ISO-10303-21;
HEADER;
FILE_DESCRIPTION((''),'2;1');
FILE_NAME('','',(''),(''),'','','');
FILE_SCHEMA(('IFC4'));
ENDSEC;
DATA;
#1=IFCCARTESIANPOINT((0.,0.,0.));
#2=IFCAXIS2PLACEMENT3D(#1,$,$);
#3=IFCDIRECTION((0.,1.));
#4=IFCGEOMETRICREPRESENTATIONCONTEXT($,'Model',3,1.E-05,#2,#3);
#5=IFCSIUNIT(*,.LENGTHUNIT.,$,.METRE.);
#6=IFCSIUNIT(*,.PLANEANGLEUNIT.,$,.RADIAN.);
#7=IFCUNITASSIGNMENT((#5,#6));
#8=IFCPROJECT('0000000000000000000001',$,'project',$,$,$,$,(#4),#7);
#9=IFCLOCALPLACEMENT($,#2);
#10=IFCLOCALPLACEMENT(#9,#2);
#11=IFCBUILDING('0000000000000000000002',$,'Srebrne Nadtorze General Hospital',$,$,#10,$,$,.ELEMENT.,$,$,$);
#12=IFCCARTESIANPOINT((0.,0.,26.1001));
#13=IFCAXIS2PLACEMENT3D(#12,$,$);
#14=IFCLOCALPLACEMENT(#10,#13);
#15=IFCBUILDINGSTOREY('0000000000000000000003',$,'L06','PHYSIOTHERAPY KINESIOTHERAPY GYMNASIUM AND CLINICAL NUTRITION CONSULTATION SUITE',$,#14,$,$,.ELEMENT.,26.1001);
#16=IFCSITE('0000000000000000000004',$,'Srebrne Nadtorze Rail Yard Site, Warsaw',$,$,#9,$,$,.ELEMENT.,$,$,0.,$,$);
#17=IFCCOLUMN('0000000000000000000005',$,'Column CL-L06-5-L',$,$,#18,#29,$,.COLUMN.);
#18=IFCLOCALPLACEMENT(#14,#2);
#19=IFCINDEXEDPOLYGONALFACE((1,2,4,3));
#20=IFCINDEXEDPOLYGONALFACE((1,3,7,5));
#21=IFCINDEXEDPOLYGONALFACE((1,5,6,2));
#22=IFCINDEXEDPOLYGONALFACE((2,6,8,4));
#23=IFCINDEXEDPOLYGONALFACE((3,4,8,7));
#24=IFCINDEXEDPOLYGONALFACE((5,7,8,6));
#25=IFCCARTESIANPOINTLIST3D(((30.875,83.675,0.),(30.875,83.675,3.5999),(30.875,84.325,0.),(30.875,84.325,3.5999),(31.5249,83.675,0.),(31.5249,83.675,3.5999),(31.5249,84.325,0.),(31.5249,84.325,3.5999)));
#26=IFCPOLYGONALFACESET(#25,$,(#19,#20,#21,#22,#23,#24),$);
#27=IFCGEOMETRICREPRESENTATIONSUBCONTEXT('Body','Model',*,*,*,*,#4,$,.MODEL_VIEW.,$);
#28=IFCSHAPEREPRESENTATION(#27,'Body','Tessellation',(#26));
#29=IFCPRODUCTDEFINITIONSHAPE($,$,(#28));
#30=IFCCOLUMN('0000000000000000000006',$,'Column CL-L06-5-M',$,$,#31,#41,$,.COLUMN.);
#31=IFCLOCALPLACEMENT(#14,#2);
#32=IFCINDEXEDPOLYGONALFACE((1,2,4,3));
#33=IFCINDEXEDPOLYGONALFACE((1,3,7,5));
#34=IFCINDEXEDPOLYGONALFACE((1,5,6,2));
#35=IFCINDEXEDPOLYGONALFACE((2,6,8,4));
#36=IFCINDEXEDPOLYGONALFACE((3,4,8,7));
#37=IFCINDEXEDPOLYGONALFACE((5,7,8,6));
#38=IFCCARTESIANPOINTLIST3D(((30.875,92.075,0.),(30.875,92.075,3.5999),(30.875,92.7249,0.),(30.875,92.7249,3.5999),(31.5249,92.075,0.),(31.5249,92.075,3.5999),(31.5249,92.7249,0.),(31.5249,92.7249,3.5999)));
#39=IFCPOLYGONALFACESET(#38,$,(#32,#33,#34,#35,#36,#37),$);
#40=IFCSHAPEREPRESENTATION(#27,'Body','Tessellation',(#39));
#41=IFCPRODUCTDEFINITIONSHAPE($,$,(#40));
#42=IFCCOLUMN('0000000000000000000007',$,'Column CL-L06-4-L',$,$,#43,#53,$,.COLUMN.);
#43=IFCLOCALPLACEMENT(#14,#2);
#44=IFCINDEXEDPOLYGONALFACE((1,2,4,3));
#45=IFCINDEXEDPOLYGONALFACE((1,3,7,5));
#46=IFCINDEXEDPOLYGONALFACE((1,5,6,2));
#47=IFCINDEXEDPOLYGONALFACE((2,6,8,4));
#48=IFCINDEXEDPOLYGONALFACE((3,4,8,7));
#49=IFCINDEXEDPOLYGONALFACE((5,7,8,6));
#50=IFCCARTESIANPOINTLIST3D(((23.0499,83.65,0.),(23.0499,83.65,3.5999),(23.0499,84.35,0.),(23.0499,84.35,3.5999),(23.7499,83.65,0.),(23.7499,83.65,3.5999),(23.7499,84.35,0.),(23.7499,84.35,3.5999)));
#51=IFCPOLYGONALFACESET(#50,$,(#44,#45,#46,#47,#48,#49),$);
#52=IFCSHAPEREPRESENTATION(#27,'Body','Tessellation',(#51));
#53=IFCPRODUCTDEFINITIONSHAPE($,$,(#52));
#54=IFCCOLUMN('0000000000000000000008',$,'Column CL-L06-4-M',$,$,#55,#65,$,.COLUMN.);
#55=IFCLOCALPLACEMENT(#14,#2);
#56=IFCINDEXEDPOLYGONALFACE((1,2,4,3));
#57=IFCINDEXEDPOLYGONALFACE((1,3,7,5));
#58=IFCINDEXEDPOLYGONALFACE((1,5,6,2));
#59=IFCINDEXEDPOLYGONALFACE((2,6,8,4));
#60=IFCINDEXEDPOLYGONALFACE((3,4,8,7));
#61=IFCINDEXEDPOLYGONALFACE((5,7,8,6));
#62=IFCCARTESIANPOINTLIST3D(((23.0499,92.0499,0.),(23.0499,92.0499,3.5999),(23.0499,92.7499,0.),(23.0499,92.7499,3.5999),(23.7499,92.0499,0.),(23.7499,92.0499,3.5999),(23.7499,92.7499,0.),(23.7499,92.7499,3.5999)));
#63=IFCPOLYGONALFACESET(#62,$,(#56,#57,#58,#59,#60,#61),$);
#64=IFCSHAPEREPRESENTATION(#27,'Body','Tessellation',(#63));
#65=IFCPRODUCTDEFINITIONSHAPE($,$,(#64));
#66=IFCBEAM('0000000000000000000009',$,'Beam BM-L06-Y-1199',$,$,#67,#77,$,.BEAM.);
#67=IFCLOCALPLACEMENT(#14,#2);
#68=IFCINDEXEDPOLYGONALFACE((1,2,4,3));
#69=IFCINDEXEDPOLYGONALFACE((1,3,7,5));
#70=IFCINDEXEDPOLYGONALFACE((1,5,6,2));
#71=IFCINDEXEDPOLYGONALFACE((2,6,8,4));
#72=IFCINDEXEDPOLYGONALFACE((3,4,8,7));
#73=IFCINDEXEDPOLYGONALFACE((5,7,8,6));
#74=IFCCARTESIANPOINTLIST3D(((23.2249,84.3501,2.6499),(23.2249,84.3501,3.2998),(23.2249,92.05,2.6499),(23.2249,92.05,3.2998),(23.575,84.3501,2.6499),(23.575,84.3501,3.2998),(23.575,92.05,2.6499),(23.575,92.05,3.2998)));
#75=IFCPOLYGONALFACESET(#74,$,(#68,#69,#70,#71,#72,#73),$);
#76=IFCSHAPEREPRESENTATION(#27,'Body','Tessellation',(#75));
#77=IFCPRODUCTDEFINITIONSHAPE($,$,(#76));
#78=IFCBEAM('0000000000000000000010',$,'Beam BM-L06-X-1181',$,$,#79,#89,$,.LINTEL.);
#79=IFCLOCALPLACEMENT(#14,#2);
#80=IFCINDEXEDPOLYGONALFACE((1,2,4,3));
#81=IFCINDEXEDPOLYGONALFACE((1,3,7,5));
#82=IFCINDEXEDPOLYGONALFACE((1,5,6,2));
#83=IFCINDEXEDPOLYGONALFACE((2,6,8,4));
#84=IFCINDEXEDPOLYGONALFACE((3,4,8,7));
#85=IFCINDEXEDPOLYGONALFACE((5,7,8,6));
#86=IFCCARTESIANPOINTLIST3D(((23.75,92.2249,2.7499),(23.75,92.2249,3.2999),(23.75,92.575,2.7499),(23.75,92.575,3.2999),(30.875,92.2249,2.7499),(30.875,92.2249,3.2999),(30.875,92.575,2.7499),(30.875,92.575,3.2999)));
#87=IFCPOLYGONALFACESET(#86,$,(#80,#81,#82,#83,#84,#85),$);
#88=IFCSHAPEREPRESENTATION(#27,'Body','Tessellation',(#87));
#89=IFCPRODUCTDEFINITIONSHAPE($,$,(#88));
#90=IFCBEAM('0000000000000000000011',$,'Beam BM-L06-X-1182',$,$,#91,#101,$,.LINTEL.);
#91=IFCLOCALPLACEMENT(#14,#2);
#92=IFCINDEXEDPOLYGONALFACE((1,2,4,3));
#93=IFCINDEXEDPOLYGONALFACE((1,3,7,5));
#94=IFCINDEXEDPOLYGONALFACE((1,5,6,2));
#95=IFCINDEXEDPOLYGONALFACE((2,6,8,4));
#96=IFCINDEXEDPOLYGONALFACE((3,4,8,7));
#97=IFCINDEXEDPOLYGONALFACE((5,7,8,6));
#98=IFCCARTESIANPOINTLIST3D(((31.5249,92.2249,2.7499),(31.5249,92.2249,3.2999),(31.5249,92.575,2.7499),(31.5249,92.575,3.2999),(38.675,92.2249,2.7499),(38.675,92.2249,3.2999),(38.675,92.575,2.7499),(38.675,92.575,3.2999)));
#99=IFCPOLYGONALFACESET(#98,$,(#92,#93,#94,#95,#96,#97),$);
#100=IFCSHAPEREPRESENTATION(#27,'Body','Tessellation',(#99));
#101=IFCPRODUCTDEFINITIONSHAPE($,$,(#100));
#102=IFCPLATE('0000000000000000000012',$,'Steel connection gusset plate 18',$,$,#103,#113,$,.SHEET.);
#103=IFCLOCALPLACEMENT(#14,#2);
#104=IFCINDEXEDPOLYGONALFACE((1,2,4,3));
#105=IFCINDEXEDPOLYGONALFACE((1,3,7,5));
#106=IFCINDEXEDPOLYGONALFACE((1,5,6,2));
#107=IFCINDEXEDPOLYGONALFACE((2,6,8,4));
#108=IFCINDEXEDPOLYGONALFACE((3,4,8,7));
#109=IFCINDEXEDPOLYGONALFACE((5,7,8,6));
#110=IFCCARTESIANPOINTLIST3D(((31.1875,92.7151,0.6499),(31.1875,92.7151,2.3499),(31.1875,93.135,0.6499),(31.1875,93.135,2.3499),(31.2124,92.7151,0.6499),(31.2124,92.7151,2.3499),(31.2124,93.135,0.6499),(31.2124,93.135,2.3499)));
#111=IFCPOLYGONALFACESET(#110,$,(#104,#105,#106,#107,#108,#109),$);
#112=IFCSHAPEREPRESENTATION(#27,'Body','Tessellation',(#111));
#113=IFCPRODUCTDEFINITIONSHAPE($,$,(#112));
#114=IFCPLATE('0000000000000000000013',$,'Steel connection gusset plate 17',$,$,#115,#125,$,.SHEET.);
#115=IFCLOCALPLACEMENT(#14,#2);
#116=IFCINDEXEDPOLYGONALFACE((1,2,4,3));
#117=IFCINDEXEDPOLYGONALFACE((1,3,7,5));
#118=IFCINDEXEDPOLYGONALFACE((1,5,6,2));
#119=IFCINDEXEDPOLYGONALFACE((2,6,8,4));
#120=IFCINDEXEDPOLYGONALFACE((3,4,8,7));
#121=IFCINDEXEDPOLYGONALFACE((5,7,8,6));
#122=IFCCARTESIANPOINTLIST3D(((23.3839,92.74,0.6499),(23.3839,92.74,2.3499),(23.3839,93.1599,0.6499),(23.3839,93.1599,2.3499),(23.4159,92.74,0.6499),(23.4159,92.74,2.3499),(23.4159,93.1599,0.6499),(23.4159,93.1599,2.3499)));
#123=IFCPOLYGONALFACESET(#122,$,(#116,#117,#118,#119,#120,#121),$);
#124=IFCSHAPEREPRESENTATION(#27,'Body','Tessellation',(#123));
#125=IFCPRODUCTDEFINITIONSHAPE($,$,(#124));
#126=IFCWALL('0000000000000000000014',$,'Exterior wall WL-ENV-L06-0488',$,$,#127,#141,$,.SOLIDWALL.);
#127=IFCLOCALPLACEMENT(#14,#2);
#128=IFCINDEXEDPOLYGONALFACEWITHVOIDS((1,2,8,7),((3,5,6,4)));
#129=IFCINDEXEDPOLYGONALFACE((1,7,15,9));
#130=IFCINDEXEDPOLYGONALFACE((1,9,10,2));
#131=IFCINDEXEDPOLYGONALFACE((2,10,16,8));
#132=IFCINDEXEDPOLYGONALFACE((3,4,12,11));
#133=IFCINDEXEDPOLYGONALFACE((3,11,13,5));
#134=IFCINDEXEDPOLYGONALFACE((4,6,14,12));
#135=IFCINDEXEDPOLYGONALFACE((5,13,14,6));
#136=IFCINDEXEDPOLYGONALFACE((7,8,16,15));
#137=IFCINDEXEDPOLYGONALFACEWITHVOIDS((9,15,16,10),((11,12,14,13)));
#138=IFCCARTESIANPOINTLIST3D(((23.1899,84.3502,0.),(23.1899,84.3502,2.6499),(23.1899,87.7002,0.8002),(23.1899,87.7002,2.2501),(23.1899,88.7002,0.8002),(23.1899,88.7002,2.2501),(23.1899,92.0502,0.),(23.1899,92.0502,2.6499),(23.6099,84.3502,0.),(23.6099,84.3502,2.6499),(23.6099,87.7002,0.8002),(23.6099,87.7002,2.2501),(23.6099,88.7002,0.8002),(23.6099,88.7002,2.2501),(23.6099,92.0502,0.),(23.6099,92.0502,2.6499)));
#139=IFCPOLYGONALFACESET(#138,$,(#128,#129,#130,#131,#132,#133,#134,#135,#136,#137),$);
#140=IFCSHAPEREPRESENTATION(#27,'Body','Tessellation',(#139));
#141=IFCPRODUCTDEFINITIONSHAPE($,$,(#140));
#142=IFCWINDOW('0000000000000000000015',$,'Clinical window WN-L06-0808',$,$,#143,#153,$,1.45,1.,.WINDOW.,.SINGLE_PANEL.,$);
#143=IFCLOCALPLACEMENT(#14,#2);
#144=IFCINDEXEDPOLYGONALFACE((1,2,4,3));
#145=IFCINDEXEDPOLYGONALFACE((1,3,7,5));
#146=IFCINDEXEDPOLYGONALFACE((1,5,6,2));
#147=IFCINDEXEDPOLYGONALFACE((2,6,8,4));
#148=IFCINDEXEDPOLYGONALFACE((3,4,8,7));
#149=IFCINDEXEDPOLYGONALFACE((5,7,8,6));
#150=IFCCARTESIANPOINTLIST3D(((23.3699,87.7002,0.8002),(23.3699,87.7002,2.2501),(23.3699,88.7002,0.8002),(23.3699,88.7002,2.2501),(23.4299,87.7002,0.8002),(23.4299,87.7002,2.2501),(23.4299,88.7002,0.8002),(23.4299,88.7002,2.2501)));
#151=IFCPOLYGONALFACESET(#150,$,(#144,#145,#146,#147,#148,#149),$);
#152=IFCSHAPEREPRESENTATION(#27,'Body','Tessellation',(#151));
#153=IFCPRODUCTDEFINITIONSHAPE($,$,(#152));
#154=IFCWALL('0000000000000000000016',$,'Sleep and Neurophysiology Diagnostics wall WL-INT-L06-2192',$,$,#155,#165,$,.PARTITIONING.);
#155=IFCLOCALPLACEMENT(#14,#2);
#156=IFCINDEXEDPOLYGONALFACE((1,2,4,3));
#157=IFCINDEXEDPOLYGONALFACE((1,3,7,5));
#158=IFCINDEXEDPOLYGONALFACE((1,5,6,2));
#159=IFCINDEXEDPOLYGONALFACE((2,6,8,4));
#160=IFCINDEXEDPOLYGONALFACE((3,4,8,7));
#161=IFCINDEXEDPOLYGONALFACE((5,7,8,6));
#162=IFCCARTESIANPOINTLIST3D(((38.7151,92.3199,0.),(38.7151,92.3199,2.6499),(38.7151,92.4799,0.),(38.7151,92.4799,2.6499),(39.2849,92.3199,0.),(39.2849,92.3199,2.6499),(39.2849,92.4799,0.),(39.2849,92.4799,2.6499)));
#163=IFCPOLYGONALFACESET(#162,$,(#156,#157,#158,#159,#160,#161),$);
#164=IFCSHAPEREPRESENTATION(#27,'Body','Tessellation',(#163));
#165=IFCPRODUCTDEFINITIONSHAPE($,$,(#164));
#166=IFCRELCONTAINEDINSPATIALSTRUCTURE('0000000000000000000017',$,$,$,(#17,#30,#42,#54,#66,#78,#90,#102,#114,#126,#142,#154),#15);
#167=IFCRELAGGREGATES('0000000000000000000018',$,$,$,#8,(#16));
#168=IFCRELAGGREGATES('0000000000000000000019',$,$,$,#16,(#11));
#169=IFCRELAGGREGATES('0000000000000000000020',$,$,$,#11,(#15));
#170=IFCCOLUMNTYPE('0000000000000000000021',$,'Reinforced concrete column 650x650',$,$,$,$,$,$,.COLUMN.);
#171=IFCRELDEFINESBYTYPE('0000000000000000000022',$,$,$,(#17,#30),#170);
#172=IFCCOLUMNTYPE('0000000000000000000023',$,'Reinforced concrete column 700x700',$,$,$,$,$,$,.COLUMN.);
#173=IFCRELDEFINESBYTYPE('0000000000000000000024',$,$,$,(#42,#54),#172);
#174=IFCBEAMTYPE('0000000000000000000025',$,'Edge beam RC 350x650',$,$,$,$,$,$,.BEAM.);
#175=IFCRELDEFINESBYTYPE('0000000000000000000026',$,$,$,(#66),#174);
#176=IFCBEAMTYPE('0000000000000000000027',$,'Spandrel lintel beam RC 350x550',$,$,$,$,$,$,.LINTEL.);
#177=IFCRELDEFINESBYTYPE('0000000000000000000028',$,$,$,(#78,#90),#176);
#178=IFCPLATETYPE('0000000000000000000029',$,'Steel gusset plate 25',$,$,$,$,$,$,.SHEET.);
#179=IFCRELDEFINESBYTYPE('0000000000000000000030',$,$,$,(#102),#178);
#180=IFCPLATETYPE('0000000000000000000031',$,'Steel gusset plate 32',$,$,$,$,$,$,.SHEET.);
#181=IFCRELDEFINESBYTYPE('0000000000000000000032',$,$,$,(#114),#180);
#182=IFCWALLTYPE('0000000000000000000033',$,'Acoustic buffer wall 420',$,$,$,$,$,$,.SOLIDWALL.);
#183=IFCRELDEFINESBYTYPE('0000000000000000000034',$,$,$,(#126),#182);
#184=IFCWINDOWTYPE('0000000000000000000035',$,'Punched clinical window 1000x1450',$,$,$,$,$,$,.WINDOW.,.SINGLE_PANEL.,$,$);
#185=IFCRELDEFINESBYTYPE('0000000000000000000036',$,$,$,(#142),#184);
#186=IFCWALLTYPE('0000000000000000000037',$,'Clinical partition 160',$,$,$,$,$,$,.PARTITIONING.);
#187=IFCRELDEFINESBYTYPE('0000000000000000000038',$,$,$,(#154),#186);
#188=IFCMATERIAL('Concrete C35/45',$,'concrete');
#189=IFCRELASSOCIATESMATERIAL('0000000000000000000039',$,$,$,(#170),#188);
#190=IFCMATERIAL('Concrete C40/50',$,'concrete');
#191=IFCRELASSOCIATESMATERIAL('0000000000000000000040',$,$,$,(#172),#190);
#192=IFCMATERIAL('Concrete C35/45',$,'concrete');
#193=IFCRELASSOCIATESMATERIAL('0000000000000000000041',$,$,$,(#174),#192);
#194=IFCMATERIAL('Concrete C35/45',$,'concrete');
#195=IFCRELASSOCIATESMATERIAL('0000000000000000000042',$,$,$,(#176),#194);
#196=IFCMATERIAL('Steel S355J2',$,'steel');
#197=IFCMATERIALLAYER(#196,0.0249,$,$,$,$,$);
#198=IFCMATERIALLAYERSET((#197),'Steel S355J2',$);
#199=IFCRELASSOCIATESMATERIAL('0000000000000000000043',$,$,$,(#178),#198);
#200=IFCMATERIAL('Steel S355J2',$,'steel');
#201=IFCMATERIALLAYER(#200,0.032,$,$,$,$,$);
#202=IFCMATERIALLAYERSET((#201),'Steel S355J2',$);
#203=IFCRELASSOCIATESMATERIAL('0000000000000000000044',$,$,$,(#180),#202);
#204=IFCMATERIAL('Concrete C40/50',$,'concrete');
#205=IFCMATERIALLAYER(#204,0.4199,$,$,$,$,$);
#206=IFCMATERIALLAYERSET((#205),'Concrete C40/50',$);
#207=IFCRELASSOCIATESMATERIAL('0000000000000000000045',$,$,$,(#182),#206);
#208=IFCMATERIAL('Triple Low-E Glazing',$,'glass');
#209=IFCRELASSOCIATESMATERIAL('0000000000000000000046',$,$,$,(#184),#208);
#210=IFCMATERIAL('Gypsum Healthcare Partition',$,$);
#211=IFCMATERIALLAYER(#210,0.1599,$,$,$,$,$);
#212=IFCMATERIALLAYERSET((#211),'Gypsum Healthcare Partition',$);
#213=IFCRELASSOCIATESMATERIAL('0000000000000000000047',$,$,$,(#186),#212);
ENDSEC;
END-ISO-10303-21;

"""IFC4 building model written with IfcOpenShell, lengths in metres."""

from ifc_helpers import new_model, si_unit, direction, frame, frame_2d, origin, origin_2d, place, context, subcontext, project, spatial, rectangle, extrude, material, layer, layer_set, material_profile, profile_set, type_object, element, fill, save


model = new_model("IFC4")

# Units and contexts
model_context = context("Model", 3, precision=1e-05, world=origin(), true_north=direction((0.0, 1.0)))
body_context = subcontext(model_context, "Body", "Model", "MODEL_VIEW")
ifc_project = project(units=[si_unit("LENGTHUNIT", "METRE"), si_unit("PLANEANGLEUNIT", "RADIAN")], contexts=[model_context])

# Site, building, storey
site_placement = place(None, origin())
site = spatial("IfcSite", under=ifc_project, at=site_placement, Name="Srebrne Nadtorze Rail Yard Site, Warsaw", CompositionType="ELEMENT", RefElevation=0.0)
building_placement = place(site_placement, origin())
building = spatial("IfcBuilding", under=site, at=building_placement, Name="Srebrne Nadtorze General Hospital", CompositionType="ELEMENT")
storey_placement = place(building_placement, frame((0.0, 0.0, 26.1001)))
storey = spatial("IfcBuildingStorey", under=building, at=storey_placement, Name="L06", Description="PHYSIOTHERAPY KINESIOTHERAPY GYMNASIUM AND CLINICAL NUTRITION CONSULTATION SUITE", CompositionType="ELEMENT", Elevation=26.1001)

# Columns
ifc_material_1 = material(Name="Concrete C35/45", Category="concrete")
ifc_material_profile_1 = material_profile(ifc_material_1, rectangle(XDim=0.6499, YDim=0.6499, at=origin_2d()), Name="RC-COL-650x650")
ifc_profile_set_1 = profile_set([ifc_material_profile_1], Name="Concrete C35/45")
column_type_1 = type_object("IfcColumnType", Name="Reinforced concrete column 650x650", PredefinedType="COLUMN", material=ifc_profile_set_1)
for number, where, z_axis, x_axis, name in (
    (1, (31.2, 84.0, 0.0), (0.0, 0.0, 1.0), (1.0, 0.0, 0.0), "Column CL-L06-5-L"),
    (2, (31.2, 92.3999, 0.0), (0.0, 0.0, 1.0), (1.0, 0.0, 0.0), "Column CL-L06-5-M"),
):
    element("IfcColumn", number, at=place(storey_placement, frame(where, z_axis=z_axis, x_axis=x_axis)), inside=storey, type_object=column_type_1, Name=name, PredefinedType="COLUMN", context=body_context, shape_type="SweptSolid", body=[
        extrude(rectangle(XDim=0.6499, YDim=0.6499, at=origin_2d()), origin(), (0.0, 0.0, 1.0), 3.5999),
    ])
ifc_material_2 = material(Name="Concrete C40/50", Category="concrete")
ifc_material_profile_2 = material_profile(ifc_material_2, rectangle(XDim=0.7, YDim=0.7, at=origin_2d()), Name="RC-COL-700x700")
ifc_profile_set_2 = profile_set([ifc_material_profile_2], Name="Concrete C40/50")
column_type_2 = type_object("IfcColumnType", Name="Reinforced concrete column 700x700", PredefinedType="COLUMN", material=ifc_profile_set_2)
for number, where, z_axis, x_axis, name in (
    (3, (23.3999, 84.0, 0.0), (0.0, 0.0, 1.0), (1.0, 0.0, 0.0), "Column CL-L06-4-L"),
    (4, (23.3999, 92.3999, 0.0), (0.0, 0.0, 1.0), (1.0, 0.0, 0.0), "Column CL-L06-4-M"),
):
    element("IfcColumn", number, at=place(storey_placement, frame(where, z_axis=z_axis, x_axis=x_axis)), inside=storey, type_object=column_type_2, Name=name, PredefinedType="COLUMN", context=body_context, shape_type="SweptSolid", body=[
        extrude(rectangle(XDim=0.7, YDim=0.7, at=origin_2d()), origin(), (0.0, 0.0, 1.0), 3.5999),
    ])

# Beams
ifc_material_3 = material(Name="Concrete C35/45", Category="concrete")
ifc_material_profile_3 = material_profile(ifc_material_3, rectangle(XDim=0.3501, YDim=0.6499, at=origin_2d()), Name="RC-BM-350x650")
ifc_profile_set_3 = profile_set([ifc_material_profile_3], Name="Concrete C35/45")
beam_type_1 = type_object("IfcBeamType", Name="Edge beam RC 350x650", PredefinedType="BEAM", material=ifc_profile_set_3)
beam_1_placement = place(storey_placement, frame((23.3999, 84.3501, 2.9749), z_axis=(0.0, 1.0, 0.0), x_axis=(-1.0, 0.0, 0.0)))
element("IfcBeam", 5, at=beam_1_placement, inside=storey, type_object=beam_type_1, Name="Beam BM-L06-Y-1199", PredefinedType="BEAM", context=body_context, shape_type="SweptSolid", body=[
    extrude(rectangle(XDim=0.3501, YDim=0.6499, at=origin_2d()), origin(), (0.0, 0.0, 1.0), 7.7),
])
ifc_material_4 = material(Name="Concrete C35/45", Category="concrete")
ifc_material_profile_4 = material_profile(ifc_material_4, rectangle(XDim=0.3501, YDim=0.55, at=origin_2d()), Name="RC-BM-350x550")
ifc_profile_set_4 = profile_set([ifc_material_profile_4], Name="Concrete C35/45")
beam_type_2 = type_object("IfcBeamType", Name="Spandrel lintel beam RC 350x550", PredefinedType="LINTEL", material=ifc_profile_set_4)
beam_2_placement = place(storey_placement, frame((23.75, 92.3999, 3.0249), z_axis=(1.0, 0.0, 0.0), x_axis=(0.0, 1.0, 0.0)))
element("IfcBeam", 6, at=beam_2_placement, inside=storey, type_object=beam_type_2, Name="Beam BM-L06-X-1181", PredefinedType="LINTEL", context=body_context, shape_type="SweptSolid", body=[
    extrude(rectangle(XDim=0.3501, YDim=0.55, at=origin_2d()), origin(), (0.0, 0.0, 1.0), 7.125),
])
beam_3_placement = place(storey_placement, frame((31.5249, 92.3999, 3.0249), z_axis=(1.0, 0.0, 0.0), x_axis=(0.0, 1.0, 0.0)))
element("IfcBeam", 7, at=beam_3_placement, inside=storey, type_object=beam_type_2, Name="Beam BM-L06-X-1182", PredefinedType="LINTEL", context=body_context, shape_type="SweptSolid", body=[
    extrude(rectangle(XDim=0.3501, YDim=0.55, at=origin_2d()), origin(), (0.0, 0.0, 1.0), 7.1501),
])

# Plates
ifc_material_5 = material(Name="Steel S355J2", Category="steel")
ifc_layer_1 = layer(ifc_material_5, 0.0249)
ifc_layer_set_1 = layer_set([ifc_layer_1], Name="Steel S355J2")
plate_type_1 = type_object("IfcPlateType", Name="Steel gusset plate 25", PredefinedType="SHEET", material=ifc_layer_set_1)
plate_1_placement = place(storey_placement, frame((31.2, 92.925, 0.6499), z_axis=(0.0, 0.0, 1.0), x_axis=(1.0, 0.0, 0.0)))
element("IfcPlate", 8, at=plate_1_placement, inside=storey, type_object=plate_type_1, Name="Steel connection gusset plate 18", PredefinedType="SHEET", context=body_context, shape_type="SweptSolid", body=[
    extrude(rectangle(XDim=0.0249, YDim=0.4199, at=origin_2d()), origin(), (0.0, 0.0, 1.0), 1.7),
])
ifc_material_6 = material(Name="Steel S355J2", Category="steel")
ifc_layer_2 = layer(ifc_material_6, 0.032)
ifc_layer_set_2 = layer_set([ifc_layer_2], Name="Steel S355J2")
plate_type_2 = type_object("IfcPlateType", Name="Steel gusset plate 32", PredefinedType="SHEET", material=ifc_layer_set_2)
plate_2_placement = place(storey_placement, frame((23.3999, 92.95, 0.6499), z_axis=(0.0, 0.0, 1.0), x_axis=(1.0, 0.0, 0.0)))
element("IfcPlate", 9, at=plate_2_placement, inside=storey, type_object=plate_type_2, Name="Steel connection gusset plate 17", PredefinedType="SHEET", context=body_context, shape_type="SweptSolid", body=[
    extrude(rectangle(XDim=0.032, YDim=0.4199, at=origin_2d()), origin(), (0.0, 0.0, 1.0), 1.7),
])

# Wall, opening, window
ifc_material_7 = material(Name="Concrete C40/50", Category="concrete")
ifc_layer_3 = layer(ifc_material_7, 0.4199)
ifc_layer_set_3 = layer_set([ifc_layer_3], Name="Concrete C40/50")
wall_type_1 = type_object("IfcWallType", Name="Acoustic buffer wall 420", PredefinedType="SOLIDWALL", material=ifc_layer_set_3)
wall_1_placement = place(storey_placement, frame((23.3999, 84.3501, 0.0), z_axis=(0.0, 0.0, 1.0), x_axis=(0.0, 1.0, 0.0)))
wall_1 = element("IfcWall", 10, at=wall_1_placement, inside=storey, type_object=wall_type_1, Name="Exterior wall WL-ENV-L06-0488", PredefinedType="SOLIDWALL", context=body_context, shape_type="SweptSolid", body=[
    extrude(rectangle(XDim=7.7, YDim=0.4199, at=frame_2d((3.8501, 0.0))), origin(), (0.0, 0.0, 1.0), 2.6499),
])
opening_1_placement = place(wall_1_placement, frame((3.3501, 0.0, 0.8)))
opening_1 = element("IfcOpeningElement", 11, at=opening_1_placement, cuts=wall_1, PredefinedType="OPENING", context=body_context, shape_type="SweptSolid", body=[
    extrude(rectangle(XDim=1.0, YDim=1.45, at=frame_2d((0.5, 0.7251))), frame((0.0, 0.2219, 0.0), z_axis=(0.0, -1.0, 0.0), x_axis=(1.0, 0.0, 0.0)), (0.0, 0.0, 1.0), 0.4438),
])
ifc_material_8 = material(Name="Triple Low-E Glazing", Category="glass")
window_type_1 = type_object("IfcWindowType", Name="Punched clinical window 1000x1450", PartitioningType="SINGLE_PANEL", PredefinedType="WINDOW", material=ifc_material_8)
window_1_placement = place(opening_1_placement, origin())
window_1 = element("IfcWindow", 12, at=window_1_placement, inside=storey, type_object=window_type_1, Name="Clinical window WN-L06-0808", OverallHeight=1.45, OverallWidth=1.0, PartitioningType="SINGLE_PANEL", PredefinedType="WINDOW", context=body_context, shape_type="SweptSolid", body=[
    extrude(rectangle(XDim=1.0, YDim=1.45, at=frame_2d((0.5, 0.7251))), frame((0.0, 0.03, 0.0), z_axis=(0.0, -1.0, 0.0), x_axis=(1.0, 0.0, 0.0)), (0.0, 0.0, 1.0), 0.0601),
])
fill(opening_1, window_1)

# Wall
ifc_material_9 = material(Name="Gypsum Healthcare Partition")
ifc_layer_4 = layer(ifc_material_9, 0.1599)
ifc_layer_set_4 = layer_set([ifc_layer_4], Name="Gypsum Healthcare Partition")
wall_type_2 = type_object("IfcWallType", Name="Clinical partition 160", PredefinedType="PARTITIONING", material=ifc_layer_set_4)
wall_2_placement = place(storey_placement, frame((38.7151, 92.3999, 0.0), z_axis=(0.0, 0.0, 1.0), x_axis=(1.0, 0.0, 0.0)))
element("IfcWall", 13, at=wall_2_placement, inside=storey, type_object=wall_type_2, Name="Sleep and Neurophysiology Diagnostics wall WL-INT-L06-2192", PredefinedType="PARTITIONING", context=body_context, shape_type="SweptSolid", body=[
    extrude(rectangle(XDim=0.5698, YDim=0.1599, at=frame_2d((0.2849, 0.0))), origin(), (0.0, 0.0, 1.0), 2.6499),
])

save(model, "model.ifc")
